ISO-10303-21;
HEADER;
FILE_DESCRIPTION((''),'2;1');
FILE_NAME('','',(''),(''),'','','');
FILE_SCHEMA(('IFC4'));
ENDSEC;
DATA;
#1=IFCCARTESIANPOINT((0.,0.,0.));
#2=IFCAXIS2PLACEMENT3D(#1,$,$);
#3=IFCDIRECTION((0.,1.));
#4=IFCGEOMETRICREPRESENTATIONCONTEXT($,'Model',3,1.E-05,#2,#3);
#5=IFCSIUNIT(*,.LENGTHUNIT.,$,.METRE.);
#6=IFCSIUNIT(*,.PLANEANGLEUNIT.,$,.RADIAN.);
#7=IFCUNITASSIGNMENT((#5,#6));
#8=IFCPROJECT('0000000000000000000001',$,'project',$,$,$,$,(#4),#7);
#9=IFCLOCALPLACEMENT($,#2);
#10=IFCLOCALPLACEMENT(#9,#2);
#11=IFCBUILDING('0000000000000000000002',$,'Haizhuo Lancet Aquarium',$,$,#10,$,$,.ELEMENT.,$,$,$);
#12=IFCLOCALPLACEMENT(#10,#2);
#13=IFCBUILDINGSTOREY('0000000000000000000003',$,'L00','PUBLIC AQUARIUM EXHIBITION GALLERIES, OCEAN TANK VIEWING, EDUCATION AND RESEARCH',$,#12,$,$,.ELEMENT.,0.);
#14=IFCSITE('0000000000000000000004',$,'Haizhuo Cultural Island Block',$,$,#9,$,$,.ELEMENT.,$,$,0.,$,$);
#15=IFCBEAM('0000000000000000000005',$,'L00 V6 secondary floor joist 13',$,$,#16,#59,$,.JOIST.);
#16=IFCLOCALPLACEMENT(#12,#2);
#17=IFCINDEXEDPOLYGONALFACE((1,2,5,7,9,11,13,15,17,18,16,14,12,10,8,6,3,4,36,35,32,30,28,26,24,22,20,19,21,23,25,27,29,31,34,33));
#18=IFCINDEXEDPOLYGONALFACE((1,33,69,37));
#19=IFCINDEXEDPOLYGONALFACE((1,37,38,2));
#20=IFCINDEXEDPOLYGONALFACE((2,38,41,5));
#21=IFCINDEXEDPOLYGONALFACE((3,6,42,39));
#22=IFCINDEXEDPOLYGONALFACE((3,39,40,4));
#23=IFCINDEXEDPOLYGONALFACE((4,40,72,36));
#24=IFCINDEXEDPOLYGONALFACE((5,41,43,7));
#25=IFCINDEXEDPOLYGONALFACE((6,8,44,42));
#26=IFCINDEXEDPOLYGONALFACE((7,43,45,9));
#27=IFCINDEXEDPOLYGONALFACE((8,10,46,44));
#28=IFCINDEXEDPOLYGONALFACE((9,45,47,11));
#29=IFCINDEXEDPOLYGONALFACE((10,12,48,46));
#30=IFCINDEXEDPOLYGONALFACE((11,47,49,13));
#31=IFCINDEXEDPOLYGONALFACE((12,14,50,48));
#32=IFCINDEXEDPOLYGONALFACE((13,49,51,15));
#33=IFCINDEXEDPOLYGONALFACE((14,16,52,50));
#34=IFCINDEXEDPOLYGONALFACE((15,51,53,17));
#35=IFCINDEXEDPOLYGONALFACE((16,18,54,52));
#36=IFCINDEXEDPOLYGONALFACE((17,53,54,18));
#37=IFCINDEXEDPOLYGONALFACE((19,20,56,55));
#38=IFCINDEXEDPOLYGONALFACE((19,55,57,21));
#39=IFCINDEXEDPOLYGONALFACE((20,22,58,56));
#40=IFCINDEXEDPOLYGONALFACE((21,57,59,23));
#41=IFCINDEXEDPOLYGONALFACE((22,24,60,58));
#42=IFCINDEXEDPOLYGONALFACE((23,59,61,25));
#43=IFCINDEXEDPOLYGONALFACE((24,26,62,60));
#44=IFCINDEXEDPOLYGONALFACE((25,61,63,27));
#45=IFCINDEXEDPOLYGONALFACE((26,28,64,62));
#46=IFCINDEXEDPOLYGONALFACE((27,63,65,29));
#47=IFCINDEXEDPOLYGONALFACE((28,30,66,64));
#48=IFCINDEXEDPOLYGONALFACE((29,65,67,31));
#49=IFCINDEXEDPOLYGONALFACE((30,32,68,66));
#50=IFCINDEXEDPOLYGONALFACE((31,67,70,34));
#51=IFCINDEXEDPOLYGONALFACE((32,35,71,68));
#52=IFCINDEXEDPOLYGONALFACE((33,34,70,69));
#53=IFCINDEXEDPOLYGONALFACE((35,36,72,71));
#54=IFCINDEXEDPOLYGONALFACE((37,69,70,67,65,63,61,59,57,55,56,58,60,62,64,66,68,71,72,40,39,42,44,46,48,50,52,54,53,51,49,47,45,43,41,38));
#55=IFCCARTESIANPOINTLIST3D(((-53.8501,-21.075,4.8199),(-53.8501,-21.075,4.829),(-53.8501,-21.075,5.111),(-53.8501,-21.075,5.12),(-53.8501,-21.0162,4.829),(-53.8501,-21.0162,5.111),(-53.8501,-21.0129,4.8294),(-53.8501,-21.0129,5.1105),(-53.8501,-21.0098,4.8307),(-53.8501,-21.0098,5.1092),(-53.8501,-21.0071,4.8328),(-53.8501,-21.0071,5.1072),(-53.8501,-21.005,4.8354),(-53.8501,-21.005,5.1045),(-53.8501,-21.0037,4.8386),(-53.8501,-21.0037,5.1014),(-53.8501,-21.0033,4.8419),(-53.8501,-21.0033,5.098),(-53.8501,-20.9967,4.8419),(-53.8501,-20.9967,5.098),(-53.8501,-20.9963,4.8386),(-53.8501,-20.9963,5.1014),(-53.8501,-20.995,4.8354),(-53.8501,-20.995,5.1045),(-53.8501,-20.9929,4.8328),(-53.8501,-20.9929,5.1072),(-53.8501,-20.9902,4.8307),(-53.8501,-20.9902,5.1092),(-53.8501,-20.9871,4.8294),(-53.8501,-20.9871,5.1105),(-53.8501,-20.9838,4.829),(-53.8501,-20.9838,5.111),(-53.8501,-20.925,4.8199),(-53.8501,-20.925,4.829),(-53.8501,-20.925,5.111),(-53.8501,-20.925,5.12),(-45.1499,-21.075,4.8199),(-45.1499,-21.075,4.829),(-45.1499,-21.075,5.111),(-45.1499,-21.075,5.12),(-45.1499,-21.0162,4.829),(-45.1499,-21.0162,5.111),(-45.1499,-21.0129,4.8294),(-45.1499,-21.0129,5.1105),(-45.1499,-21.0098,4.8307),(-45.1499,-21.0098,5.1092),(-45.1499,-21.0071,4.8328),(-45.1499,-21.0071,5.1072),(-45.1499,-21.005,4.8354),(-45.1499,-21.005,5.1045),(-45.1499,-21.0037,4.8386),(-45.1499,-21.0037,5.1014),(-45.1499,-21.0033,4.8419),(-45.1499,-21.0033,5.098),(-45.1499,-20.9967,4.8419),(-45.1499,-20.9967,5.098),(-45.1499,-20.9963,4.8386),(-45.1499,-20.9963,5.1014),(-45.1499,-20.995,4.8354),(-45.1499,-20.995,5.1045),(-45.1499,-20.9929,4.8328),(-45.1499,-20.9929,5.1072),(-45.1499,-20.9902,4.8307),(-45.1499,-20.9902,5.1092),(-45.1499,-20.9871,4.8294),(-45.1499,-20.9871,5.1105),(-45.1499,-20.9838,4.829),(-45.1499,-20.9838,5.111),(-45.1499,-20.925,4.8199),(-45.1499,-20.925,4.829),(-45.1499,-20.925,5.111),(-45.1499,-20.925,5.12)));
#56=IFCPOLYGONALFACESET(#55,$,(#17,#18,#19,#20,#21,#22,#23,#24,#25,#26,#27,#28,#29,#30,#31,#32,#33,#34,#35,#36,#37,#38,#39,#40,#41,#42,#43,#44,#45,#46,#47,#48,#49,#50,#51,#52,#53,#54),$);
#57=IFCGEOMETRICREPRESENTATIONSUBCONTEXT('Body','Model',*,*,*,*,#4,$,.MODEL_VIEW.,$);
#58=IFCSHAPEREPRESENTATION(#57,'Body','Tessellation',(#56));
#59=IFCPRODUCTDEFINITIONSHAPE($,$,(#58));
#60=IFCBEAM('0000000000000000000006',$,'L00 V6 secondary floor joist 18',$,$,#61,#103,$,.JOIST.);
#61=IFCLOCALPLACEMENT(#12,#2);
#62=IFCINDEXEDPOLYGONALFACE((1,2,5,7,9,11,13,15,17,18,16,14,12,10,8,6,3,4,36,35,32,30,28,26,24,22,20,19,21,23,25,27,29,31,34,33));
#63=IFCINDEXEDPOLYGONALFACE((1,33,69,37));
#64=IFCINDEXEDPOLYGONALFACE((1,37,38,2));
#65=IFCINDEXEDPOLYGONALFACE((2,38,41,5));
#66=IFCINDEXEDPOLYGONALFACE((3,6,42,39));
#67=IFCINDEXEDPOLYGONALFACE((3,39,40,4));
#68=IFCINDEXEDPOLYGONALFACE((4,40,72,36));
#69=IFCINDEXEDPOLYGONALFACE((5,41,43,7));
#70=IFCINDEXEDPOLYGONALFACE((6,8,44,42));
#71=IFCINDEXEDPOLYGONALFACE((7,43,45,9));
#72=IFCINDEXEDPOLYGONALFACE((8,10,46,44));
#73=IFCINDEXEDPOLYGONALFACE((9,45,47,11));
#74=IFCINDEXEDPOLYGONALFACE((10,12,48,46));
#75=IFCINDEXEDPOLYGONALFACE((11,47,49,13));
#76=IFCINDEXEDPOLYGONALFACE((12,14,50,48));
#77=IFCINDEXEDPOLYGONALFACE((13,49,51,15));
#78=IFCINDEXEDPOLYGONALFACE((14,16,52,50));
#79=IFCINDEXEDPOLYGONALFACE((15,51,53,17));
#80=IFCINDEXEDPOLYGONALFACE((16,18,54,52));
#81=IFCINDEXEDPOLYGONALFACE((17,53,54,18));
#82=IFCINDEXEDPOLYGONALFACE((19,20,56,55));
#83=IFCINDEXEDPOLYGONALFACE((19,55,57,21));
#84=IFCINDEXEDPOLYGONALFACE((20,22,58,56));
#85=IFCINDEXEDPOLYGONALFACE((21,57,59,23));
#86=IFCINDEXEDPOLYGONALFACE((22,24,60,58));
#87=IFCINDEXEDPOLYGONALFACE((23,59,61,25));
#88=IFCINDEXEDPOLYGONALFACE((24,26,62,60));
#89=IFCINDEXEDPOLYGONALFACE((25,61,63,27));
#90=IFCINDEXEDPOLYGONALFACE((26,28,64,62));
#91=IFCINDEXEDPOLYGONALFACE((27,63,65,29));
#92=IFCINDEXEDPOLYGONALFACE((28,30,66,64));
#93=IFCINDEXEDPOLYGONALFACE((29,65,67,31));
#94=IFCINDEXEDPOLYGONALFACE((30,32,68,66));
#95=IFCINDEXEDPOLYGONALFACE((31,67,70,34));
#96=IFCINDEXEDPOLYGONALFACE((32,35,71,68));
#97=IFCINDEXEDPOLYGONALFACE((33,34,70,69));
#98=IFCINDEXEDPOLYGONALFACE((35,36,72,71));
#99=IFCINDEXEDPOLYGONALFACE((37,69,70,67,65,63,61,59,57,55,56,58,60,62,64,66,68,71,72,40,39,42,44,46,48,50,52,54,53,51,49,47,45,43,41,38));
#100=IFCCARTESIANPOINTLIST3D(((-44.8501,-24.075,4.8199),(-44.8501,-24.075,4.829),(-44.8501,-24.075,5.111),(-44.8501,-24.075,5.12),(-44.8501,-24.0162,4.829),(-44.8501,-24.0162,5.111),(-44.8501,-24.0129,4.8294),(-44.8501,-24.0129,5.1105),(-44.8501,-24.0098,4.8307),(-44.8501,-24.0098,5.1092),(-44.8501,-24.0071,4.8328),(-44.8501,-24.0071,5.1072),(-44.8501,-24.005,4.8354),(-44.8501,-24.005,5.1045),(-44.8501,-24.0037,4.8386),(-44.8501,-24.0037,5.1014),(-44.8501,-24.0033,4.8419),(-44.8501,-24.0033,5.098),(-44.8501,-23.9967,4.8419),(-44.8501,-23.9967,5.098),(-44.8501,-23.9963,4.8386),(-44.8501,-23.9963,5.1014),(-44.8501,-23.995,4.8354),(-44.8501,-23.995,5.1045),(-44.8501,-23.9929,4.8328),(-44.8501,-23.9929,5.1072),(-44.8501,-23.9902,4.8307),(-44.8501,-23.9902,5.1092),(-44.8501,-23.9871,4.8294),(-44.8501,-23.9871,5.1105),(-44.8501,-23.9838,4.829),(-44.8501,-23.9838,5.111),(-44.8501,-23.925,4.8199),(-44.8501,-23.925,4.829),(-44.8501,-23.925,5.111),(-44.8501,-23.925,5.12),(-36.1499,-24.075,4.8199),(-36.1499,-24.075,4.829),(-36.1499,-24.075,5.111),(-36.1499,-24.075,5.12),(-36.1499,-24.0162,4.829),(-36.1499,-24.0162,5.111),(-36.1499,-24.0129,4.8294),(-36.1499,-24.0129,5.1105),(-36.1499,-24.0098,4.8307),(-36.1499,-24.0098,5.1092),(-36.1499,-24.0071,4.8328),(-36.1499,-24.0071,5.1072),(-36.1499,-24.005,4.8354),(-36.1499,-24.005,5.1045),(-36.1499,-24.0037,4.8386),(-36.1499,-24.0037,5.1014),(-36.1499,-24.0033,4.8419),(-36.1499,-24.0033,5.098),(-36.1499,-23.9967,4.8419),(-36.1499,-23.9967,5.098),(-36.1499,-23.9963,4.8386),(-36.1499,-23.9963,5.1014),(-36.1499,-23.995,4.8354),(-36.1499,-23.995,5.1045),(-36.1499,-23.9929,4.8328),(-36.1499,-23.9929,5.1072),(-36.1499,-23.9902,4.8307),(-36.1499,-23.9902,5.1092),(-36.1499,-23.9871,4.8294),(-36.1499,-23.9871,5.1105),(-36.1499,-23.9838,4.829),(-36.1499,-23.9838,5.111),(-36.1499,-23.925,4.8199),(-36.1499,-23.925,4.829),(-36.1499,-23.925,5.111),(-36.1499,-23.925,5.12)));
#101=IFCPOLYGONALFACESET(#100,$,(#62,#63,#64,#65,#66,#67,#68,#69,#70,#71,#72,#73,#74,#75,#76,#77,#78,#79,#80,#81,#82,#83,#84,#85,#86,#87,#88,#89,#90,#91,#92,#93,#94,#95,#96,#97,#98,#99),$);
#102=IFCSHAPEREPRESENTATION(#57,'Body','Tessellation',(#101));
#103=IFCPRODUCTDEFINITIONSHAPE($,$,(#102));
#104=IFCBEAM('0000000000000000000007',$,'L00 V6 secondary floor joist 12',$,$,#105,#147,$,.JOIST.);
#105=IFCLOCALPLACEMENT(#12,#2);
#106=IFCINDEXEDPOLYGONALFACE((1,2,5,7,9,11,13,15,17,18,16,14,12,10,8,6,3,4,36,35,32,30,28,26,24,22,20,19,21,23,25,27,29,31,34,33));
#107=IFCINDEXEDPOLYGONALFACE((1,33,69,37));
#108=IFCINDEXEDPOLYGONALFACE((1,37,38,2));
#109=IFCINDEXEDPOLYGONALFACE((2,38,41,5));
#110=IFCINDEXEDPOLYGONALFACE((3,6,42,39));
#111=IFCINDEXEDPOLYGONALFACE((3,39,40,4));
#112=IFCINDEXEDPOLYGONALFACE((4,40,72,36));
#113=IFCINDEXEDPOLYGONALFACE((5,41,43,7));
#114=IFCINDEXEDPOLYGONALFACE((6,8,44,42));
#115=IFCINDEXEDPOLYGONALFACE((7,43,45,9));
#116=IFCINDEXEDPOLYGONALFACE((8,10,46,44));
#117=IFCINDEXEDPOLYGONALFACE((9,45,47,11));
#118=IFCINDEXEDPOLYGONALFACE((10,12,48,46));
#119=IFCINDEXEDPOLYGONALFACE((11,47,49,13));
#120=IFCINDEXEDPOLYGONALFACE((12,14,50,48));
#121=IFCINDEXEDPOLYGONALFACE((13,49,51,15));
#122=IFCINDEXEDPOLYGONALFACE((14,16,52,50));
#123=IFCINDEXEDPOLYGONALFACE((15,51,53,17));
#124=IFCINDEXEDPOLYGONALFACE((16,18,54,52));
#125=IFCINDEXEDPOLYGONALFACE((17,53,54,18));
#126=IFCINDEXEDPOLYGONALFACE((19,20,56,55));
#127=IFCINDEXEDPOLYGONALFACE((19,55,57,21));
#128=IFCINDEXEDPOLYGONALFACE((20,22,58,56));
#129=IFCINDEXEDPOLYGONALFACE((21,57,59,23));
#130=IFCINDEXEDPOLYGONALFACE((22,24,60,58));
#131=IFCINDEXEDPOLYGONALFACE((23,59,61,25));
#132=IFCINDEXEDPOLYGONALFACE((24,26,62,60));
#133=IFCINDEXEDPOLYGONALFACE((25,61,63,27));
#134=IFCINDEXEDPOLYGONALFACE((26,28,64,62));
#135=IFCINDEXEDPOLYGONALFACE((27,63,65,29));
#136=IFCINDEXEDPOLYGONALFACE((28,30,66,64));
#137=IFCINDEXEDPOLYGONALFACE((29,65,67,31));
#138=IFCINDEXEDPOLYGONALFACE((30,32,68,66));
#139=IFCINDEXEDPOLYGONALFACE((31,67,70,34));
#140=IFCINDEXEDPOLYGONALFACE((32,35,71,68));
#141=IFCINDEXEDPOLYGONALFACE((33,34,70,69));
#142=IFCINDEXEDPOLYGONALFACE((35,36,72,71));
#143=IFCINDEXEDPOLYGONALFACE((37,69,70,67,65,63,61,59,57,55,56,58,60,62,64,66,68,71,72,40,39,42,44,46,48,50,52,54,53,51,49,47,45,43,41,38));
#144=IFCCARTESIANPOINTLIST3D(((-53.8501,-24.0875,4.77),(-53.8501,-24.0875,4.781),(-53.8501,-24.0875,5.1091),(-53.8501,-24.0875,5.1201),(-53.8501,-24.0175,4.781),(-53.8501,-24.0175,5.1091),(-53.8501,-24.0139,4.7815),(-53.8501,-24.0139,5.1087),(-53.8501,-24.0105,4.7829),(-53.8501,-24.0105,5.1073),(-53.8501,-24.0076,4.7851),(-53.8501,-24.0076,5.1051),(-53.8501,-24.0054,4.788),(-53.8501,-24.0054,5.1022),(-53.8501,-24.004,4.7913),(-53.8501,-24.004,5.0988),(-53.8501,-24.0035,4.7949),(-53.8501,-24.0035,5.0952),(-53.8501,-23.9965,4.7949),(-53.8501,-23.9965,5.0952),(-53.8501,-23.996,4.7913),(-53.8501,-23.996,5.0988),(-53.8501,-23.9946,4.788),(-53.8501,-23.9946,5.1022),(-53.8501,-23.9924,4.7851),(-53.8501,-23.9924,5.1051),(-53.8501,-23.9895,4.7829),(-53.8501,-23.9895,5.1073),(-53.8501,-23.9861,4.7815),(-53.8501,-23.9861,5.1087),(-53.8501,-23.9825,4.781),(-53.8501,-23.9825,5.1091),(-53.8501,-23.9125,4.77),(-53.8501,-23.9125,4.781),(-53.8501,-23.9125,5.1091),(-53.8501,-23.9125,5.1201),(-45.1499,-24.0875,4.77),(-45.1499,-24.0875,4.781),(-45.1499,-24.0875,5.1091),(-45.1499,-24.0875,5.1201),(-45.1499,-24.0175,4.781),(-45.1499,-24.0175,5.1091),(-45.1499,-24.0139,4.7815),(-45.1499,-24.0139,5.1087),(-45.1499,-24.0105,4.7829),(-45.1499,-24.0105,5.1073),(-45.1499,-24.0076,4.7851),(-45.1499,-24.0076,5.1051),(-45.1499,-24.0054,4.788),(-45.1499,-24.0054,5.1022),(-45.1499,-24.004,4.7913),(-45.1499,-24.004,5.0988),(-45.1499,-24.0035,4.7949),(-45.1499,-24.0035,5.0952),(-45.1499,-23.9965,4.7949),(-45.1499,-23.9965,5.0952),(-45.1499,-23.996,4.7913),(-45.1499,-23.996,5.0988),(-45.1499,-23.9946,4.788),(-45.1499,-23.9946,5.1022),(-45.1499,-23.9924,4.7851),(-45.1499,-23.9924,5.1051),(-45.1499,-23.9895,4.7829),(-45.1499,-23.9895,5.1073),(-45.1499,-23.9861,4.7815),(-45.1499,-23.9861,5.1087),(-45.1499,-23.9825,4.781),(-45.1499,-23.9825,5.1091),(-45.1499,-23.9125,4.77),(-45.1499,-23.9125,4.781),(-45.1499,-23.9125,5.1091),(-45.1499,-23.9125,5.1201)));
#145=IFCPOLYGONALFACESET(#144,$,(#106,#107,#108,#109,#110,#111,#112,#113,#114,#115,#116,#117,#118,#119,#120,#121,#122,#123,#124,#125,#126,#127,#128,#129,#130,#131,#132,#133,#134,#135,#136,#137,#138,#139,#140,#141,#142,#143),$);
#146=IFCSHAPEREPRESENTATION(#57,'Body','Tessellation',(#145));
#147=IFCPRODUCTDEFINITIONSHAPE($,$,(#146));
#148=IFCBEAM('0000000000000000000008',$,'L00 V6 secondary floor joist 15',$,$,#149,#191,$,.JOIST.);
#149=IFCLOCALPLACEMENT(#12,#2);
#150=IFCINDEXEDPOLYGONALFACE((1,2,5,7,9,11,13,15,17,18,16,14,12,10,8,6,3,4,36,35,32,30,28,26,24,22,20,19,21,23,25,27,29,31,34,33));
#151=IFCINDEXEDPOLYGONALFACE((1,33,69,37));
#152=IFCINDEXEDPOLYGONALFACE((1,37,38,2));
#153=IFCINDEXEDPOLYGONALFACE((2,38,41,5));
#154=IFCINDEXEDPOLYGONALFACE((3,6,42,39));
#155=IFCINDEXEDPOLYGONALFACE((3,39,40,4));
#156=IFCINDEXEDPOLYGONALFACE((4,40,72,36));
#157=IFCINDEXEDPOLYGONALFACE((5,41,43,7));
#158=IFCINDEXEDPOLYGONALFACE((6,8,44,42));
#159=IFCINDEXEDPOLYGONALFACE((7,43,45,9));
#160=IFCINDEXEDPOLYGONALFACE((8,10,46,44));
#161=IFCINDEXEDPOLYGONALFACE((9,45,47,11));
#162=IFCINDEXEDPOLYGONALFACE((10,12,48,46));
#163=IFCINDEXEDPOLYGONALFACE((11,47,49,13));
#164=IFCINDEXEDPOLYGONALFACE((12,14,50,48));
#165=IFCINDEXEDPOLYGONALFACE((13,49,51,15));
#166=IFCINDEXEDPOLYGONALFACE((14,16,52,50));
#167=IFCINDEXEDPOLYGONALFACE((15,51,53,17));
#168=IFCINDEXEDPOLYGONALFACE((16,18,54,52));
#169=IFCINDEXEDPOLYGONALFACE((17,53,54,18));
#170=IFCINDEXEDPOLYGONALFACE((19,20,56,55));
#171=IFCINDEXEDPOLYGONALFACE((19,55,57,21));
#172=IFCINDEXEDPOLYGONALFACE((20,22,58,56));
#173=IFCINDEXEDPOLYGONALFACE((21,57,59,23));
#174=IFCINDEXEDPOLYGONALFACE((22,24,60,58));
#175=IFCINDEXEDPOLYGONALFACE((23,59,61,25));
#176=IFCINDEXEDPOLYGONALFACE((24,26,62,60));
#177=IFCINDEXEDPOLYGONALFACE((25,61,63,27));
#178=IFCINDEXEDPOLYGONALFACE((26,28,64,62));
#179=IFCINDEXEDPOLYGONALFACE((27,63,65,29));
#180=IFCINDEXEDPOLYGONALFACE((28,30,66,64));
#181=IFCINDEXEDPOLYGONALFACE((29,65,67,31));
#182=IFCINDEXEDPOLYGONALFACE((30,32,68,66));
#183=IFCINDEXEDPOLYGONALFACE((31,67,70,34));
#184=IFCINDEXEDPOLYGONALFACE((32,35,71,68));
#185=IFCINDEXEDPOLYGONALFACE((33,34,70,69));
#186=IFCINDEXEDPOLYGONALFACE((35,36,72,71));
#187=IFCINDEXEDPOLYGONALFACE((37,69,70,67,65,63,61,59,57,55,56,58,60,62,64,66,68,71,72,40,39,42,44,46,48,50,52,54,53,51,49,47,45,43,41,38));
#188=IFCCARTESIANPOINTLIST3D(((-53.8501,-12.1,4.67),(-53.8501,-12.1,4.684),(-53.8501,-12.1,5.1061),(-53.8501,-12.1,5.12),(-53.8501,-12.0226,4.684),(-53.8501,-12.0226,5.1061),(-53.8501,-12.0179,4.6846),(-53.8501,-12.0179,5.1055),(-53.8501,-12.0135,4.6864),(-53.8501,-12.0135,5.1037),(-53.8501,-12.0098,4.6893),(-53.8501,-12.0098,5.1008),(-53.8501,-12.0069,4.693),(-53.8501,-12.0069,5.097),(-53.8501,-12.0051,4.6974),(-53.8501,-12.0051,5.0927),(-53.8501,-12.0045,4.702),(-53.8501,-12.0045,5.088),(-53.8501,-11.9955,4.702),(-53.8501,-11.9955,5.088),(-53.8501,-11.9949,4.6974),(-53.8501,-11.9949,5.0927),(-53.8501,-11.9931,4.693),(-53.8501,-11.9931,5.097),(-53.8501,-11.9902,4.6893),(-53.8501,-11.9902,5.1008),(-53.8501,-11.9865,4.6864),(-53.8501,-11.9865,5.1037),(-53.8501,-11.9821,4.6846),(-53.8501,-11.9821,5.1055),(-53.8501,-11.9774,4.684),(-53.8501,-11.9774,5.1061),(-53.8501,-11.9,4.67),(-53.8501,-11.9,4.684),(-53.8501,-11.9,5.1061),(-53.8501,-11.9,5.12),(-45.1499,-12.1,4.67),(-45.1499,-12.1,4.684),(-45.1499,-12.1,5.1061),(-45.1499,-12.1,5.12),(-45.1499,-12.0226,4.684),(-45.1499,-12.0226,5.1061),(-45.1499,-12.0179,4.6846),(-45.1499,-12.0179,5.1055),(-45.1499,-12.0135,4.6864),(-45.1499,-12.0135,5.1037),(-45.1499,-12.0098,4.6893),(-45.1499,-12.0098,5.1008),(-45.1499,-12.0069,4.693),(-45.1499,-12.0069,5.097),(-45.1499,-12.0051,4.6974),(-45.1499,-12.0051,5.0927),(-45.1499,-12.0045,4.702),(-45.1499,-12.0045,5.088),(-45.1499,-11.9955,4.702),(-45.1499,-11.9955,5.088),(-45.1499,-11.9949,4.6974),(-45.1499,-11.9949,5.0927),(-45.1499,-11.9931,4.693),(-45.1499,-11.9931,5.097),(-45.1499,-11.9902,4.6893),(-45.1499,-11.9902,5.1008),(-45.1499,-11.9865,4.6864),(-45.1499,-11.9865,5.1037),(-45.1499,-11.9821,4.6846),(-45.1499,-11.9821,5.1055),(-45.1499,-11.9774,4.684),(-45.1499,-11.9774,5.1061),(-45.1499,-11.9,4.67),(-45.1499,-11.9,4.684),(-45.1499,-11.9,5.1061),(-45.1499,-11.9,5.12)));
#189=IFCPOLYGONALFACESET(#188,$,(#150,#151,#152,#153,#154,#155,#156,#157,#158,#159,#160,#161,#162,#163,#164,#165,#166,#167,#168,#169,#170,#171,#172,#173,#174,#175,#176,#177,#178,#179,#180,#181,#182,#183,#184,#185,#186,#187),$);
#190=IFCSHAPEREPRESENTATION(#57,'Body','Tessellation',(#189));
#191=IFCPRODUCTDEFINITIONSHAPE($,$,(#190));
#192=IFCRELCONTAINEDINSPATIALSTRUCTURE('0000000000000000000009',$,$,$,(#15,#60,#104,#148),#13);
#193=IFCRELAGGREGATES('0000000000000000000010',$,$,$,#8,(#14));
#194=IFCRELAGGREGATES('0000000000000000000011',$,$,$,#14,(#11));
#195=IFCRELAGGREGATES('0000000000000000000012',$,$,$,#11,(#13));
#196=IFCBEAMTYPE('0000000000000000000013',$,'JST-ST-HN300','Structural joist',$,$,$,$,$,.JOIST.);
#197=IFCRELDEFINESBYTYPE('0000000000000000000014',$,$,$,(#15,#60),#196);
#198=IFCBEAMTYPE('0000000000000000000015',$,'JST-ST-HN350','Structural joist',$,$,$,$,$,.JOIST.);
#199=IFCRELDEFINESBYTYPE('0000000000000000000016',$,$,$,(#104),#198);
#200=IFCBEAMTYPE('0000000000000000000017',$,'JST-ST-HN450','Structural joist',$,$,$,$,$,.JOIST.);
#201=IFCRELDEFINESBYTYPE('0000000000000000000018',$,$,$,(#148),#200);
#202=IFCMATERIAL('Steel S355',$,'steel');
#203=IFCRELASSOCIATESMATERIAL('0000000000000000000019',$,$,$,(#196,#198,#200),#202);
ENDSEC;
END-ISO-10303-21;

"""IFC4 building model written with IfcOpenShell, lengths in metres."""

from ifc_helpers import new_model, si_unit, direction, frame, origin, origin_2d, place, context, subcontext, project, spatial, i_section, extrude, material, material_profile, profile_set, type_object, element, save


model = new_model("IFC4")

# Units and contexts
model_context = context("Model", 3, precision=1e-05, world=origin(), true_north=direction((0.0, 1.0)))
body_context = subcontext(model_context, "Body", "Model", "MODEL_VIEW")
ifc_project = project(units=[si_unit("LENGTHUNIT", "METRE"), si_unit("PLANEANGLEUNIT", "RADIAN")], contexts=[model_context])

# Site, building, storey
site_placement = place(None, origin())
site = spatial("IfcSite", under=ifc_project, at=site_placement, Name="Haizhuo Cultural Island Block", CompositionType="ELEMENT", RefElevation=0.0)
building_placement = place(site_placement, origin())
building = spatial("IfcBuilding", under=site, at=building_placement, Name="Haizhuo Lancet Aquarium", CompositionType="ELEMENT")
storey_placement = place(building_placement, origin())
storey = spatial("IfcBuildingStorey", under=building, at=storey_placement, Name="L00", Description="PUBLIC AQUARIUM EXHIBITION GALLERIES, OCEAN TANK VIEWING, EDUCATION AND RESEARCH", CompositionType="ELEMENT", Elevation=0.0)

# Shared definitions
ifc_material_1 = material(Name="Steel S355", Category="steel")

# Beams
ifc_material_profile_1 = material_profile(ifc_material_1, i_section(OverallWidth=0.1499, OverallDepth=0.3, WebThickness=0.0066, FlangeThickness=0.009, FilletRadius=0.0129, at=origin_2d()), Name="HN 300x150x6.5x9")
ifc_profile_set_1 = profile_set([ifc_material_profile_1], Name="Steel S355")
beam_type_1 = type_object("IfcBeamType", Name="JST-ST-HN300", Description="Structural joist", PredefinedType="JOIST", material=ifc_profile_set_1)
for number, where, z_axis, x_axis, name in (
    (1, (-53.8501, -21.0, 4.97), (1.0, 0.0, 0.0), (0.0, 1.0, 0.0), "L00 V6 secondary floor joist 13"),
    (2, (-44.8501, -24.0, 4.97), (1.0, 0.0, 0.0), (0.0, 1.0, 0.0), "L00 V6 secondary floor joist 18"),
):
    element("IfcBeam", number, at=place(storey_placement, frame(where, z_axis=z_axis, x_axis=x_axis)), inside=storey, type_object=beam_type_1, Name=name, PredefinedType="JOIST", context=body_context, shape_type="SweptSolid", body=[
        extrude(i_section(OverallWidth=0.1499, OverallDepth=0.3, WebThickness=0.0066, FlangeThickness=0.009, FilletRadius=0.0129, at=origin_2d()), origin(), (0.0, 0.0, 1.0), 8.7002),
    ])
ifc_material_profile_2 = material_profile(ifc_material_1, i_section(OverallWidth=0.175, OverallDepth=0.3501, WebThickness=0.0071, FlangeThickness=0.011, FilletRadius=0.0139, at=origin_2d()), Name="HN 350x175x7x11")
ifc_profile_set_2 = profile_set([ifc_material_profile_2], Name="Steel S355")
beam_type_2 = type_object("IfcBeamType", Name="JST-ST-HN350", Description="Structural joist", PredefinedType="JOIST", material=ifc_profile_set_2)
beam_1_placement = place(storey_placement, frame((-53.8501, -24.0, 4.9451), z_axis=(1.0, 0.0, 0.0), x_axis=(0.0, 1.0, 0.0)))
element("IfcBeam", 3, at=beam_1_placement, inside=storey, type_object=beam_type_2, Name="L00 V6 secondary floor joist 12", PredefinedType="JOIST", context=body_context, shape_type="SweptSolid", body=[
    extrude(i_section(OverallWidth=0.175, OverallDepth=0.3501, WebThickness=0.0071, FlangeThickness=0.011, FilletRadius=0.0139, at=origin_2d()), origin(), (0.0, 0.0, 1.0), 8.7002),
])
ifc_material_profile_3 = material_profile(ifc_material_1, i_section(OverallWidth=0.2, OverallDepth=0.45, WebThickness=0.009, FlangeThickness=0.0139, FilletRadius=0.0181, at=origin_2d()), Name="HN 450x200x9x14")
ifc_profile_set_3 = profile_set([ifc_material_profile_3], Name="Steel S355")
beam_type_3 = type_object("IfcBeamType", Name="JST-ST-HN450", Description="Structural joist", PredefinedType="JOIST", material=ifc_profile_set_3)
beam_2_placement = place(storey_placement, frame((-53.8501, -12.0, 4.895), z_axis=(1.0, 0.0, 0.0), x_axis=(0.0, 1.0, 0.0)))
element("IfcBeam", 4, at=beam_2_placement, inside=storey, type_object=beam_type_3, Name="L00 V6 secondary floor joist 15", PredefinedType="JOIST", context=body_context, shape_type="SweptSolid", body=[
    extrude(i_section(OverallWidth=0.2, OverallDepth=0.45, WebThickness=0.009, FlangeThickness=0.0139, FilletRadius=0.0181, at=origin_2d()), origin(), (0.0, 0.0, 1.0), 8.7002),
])

save(model, "model.ifc")
